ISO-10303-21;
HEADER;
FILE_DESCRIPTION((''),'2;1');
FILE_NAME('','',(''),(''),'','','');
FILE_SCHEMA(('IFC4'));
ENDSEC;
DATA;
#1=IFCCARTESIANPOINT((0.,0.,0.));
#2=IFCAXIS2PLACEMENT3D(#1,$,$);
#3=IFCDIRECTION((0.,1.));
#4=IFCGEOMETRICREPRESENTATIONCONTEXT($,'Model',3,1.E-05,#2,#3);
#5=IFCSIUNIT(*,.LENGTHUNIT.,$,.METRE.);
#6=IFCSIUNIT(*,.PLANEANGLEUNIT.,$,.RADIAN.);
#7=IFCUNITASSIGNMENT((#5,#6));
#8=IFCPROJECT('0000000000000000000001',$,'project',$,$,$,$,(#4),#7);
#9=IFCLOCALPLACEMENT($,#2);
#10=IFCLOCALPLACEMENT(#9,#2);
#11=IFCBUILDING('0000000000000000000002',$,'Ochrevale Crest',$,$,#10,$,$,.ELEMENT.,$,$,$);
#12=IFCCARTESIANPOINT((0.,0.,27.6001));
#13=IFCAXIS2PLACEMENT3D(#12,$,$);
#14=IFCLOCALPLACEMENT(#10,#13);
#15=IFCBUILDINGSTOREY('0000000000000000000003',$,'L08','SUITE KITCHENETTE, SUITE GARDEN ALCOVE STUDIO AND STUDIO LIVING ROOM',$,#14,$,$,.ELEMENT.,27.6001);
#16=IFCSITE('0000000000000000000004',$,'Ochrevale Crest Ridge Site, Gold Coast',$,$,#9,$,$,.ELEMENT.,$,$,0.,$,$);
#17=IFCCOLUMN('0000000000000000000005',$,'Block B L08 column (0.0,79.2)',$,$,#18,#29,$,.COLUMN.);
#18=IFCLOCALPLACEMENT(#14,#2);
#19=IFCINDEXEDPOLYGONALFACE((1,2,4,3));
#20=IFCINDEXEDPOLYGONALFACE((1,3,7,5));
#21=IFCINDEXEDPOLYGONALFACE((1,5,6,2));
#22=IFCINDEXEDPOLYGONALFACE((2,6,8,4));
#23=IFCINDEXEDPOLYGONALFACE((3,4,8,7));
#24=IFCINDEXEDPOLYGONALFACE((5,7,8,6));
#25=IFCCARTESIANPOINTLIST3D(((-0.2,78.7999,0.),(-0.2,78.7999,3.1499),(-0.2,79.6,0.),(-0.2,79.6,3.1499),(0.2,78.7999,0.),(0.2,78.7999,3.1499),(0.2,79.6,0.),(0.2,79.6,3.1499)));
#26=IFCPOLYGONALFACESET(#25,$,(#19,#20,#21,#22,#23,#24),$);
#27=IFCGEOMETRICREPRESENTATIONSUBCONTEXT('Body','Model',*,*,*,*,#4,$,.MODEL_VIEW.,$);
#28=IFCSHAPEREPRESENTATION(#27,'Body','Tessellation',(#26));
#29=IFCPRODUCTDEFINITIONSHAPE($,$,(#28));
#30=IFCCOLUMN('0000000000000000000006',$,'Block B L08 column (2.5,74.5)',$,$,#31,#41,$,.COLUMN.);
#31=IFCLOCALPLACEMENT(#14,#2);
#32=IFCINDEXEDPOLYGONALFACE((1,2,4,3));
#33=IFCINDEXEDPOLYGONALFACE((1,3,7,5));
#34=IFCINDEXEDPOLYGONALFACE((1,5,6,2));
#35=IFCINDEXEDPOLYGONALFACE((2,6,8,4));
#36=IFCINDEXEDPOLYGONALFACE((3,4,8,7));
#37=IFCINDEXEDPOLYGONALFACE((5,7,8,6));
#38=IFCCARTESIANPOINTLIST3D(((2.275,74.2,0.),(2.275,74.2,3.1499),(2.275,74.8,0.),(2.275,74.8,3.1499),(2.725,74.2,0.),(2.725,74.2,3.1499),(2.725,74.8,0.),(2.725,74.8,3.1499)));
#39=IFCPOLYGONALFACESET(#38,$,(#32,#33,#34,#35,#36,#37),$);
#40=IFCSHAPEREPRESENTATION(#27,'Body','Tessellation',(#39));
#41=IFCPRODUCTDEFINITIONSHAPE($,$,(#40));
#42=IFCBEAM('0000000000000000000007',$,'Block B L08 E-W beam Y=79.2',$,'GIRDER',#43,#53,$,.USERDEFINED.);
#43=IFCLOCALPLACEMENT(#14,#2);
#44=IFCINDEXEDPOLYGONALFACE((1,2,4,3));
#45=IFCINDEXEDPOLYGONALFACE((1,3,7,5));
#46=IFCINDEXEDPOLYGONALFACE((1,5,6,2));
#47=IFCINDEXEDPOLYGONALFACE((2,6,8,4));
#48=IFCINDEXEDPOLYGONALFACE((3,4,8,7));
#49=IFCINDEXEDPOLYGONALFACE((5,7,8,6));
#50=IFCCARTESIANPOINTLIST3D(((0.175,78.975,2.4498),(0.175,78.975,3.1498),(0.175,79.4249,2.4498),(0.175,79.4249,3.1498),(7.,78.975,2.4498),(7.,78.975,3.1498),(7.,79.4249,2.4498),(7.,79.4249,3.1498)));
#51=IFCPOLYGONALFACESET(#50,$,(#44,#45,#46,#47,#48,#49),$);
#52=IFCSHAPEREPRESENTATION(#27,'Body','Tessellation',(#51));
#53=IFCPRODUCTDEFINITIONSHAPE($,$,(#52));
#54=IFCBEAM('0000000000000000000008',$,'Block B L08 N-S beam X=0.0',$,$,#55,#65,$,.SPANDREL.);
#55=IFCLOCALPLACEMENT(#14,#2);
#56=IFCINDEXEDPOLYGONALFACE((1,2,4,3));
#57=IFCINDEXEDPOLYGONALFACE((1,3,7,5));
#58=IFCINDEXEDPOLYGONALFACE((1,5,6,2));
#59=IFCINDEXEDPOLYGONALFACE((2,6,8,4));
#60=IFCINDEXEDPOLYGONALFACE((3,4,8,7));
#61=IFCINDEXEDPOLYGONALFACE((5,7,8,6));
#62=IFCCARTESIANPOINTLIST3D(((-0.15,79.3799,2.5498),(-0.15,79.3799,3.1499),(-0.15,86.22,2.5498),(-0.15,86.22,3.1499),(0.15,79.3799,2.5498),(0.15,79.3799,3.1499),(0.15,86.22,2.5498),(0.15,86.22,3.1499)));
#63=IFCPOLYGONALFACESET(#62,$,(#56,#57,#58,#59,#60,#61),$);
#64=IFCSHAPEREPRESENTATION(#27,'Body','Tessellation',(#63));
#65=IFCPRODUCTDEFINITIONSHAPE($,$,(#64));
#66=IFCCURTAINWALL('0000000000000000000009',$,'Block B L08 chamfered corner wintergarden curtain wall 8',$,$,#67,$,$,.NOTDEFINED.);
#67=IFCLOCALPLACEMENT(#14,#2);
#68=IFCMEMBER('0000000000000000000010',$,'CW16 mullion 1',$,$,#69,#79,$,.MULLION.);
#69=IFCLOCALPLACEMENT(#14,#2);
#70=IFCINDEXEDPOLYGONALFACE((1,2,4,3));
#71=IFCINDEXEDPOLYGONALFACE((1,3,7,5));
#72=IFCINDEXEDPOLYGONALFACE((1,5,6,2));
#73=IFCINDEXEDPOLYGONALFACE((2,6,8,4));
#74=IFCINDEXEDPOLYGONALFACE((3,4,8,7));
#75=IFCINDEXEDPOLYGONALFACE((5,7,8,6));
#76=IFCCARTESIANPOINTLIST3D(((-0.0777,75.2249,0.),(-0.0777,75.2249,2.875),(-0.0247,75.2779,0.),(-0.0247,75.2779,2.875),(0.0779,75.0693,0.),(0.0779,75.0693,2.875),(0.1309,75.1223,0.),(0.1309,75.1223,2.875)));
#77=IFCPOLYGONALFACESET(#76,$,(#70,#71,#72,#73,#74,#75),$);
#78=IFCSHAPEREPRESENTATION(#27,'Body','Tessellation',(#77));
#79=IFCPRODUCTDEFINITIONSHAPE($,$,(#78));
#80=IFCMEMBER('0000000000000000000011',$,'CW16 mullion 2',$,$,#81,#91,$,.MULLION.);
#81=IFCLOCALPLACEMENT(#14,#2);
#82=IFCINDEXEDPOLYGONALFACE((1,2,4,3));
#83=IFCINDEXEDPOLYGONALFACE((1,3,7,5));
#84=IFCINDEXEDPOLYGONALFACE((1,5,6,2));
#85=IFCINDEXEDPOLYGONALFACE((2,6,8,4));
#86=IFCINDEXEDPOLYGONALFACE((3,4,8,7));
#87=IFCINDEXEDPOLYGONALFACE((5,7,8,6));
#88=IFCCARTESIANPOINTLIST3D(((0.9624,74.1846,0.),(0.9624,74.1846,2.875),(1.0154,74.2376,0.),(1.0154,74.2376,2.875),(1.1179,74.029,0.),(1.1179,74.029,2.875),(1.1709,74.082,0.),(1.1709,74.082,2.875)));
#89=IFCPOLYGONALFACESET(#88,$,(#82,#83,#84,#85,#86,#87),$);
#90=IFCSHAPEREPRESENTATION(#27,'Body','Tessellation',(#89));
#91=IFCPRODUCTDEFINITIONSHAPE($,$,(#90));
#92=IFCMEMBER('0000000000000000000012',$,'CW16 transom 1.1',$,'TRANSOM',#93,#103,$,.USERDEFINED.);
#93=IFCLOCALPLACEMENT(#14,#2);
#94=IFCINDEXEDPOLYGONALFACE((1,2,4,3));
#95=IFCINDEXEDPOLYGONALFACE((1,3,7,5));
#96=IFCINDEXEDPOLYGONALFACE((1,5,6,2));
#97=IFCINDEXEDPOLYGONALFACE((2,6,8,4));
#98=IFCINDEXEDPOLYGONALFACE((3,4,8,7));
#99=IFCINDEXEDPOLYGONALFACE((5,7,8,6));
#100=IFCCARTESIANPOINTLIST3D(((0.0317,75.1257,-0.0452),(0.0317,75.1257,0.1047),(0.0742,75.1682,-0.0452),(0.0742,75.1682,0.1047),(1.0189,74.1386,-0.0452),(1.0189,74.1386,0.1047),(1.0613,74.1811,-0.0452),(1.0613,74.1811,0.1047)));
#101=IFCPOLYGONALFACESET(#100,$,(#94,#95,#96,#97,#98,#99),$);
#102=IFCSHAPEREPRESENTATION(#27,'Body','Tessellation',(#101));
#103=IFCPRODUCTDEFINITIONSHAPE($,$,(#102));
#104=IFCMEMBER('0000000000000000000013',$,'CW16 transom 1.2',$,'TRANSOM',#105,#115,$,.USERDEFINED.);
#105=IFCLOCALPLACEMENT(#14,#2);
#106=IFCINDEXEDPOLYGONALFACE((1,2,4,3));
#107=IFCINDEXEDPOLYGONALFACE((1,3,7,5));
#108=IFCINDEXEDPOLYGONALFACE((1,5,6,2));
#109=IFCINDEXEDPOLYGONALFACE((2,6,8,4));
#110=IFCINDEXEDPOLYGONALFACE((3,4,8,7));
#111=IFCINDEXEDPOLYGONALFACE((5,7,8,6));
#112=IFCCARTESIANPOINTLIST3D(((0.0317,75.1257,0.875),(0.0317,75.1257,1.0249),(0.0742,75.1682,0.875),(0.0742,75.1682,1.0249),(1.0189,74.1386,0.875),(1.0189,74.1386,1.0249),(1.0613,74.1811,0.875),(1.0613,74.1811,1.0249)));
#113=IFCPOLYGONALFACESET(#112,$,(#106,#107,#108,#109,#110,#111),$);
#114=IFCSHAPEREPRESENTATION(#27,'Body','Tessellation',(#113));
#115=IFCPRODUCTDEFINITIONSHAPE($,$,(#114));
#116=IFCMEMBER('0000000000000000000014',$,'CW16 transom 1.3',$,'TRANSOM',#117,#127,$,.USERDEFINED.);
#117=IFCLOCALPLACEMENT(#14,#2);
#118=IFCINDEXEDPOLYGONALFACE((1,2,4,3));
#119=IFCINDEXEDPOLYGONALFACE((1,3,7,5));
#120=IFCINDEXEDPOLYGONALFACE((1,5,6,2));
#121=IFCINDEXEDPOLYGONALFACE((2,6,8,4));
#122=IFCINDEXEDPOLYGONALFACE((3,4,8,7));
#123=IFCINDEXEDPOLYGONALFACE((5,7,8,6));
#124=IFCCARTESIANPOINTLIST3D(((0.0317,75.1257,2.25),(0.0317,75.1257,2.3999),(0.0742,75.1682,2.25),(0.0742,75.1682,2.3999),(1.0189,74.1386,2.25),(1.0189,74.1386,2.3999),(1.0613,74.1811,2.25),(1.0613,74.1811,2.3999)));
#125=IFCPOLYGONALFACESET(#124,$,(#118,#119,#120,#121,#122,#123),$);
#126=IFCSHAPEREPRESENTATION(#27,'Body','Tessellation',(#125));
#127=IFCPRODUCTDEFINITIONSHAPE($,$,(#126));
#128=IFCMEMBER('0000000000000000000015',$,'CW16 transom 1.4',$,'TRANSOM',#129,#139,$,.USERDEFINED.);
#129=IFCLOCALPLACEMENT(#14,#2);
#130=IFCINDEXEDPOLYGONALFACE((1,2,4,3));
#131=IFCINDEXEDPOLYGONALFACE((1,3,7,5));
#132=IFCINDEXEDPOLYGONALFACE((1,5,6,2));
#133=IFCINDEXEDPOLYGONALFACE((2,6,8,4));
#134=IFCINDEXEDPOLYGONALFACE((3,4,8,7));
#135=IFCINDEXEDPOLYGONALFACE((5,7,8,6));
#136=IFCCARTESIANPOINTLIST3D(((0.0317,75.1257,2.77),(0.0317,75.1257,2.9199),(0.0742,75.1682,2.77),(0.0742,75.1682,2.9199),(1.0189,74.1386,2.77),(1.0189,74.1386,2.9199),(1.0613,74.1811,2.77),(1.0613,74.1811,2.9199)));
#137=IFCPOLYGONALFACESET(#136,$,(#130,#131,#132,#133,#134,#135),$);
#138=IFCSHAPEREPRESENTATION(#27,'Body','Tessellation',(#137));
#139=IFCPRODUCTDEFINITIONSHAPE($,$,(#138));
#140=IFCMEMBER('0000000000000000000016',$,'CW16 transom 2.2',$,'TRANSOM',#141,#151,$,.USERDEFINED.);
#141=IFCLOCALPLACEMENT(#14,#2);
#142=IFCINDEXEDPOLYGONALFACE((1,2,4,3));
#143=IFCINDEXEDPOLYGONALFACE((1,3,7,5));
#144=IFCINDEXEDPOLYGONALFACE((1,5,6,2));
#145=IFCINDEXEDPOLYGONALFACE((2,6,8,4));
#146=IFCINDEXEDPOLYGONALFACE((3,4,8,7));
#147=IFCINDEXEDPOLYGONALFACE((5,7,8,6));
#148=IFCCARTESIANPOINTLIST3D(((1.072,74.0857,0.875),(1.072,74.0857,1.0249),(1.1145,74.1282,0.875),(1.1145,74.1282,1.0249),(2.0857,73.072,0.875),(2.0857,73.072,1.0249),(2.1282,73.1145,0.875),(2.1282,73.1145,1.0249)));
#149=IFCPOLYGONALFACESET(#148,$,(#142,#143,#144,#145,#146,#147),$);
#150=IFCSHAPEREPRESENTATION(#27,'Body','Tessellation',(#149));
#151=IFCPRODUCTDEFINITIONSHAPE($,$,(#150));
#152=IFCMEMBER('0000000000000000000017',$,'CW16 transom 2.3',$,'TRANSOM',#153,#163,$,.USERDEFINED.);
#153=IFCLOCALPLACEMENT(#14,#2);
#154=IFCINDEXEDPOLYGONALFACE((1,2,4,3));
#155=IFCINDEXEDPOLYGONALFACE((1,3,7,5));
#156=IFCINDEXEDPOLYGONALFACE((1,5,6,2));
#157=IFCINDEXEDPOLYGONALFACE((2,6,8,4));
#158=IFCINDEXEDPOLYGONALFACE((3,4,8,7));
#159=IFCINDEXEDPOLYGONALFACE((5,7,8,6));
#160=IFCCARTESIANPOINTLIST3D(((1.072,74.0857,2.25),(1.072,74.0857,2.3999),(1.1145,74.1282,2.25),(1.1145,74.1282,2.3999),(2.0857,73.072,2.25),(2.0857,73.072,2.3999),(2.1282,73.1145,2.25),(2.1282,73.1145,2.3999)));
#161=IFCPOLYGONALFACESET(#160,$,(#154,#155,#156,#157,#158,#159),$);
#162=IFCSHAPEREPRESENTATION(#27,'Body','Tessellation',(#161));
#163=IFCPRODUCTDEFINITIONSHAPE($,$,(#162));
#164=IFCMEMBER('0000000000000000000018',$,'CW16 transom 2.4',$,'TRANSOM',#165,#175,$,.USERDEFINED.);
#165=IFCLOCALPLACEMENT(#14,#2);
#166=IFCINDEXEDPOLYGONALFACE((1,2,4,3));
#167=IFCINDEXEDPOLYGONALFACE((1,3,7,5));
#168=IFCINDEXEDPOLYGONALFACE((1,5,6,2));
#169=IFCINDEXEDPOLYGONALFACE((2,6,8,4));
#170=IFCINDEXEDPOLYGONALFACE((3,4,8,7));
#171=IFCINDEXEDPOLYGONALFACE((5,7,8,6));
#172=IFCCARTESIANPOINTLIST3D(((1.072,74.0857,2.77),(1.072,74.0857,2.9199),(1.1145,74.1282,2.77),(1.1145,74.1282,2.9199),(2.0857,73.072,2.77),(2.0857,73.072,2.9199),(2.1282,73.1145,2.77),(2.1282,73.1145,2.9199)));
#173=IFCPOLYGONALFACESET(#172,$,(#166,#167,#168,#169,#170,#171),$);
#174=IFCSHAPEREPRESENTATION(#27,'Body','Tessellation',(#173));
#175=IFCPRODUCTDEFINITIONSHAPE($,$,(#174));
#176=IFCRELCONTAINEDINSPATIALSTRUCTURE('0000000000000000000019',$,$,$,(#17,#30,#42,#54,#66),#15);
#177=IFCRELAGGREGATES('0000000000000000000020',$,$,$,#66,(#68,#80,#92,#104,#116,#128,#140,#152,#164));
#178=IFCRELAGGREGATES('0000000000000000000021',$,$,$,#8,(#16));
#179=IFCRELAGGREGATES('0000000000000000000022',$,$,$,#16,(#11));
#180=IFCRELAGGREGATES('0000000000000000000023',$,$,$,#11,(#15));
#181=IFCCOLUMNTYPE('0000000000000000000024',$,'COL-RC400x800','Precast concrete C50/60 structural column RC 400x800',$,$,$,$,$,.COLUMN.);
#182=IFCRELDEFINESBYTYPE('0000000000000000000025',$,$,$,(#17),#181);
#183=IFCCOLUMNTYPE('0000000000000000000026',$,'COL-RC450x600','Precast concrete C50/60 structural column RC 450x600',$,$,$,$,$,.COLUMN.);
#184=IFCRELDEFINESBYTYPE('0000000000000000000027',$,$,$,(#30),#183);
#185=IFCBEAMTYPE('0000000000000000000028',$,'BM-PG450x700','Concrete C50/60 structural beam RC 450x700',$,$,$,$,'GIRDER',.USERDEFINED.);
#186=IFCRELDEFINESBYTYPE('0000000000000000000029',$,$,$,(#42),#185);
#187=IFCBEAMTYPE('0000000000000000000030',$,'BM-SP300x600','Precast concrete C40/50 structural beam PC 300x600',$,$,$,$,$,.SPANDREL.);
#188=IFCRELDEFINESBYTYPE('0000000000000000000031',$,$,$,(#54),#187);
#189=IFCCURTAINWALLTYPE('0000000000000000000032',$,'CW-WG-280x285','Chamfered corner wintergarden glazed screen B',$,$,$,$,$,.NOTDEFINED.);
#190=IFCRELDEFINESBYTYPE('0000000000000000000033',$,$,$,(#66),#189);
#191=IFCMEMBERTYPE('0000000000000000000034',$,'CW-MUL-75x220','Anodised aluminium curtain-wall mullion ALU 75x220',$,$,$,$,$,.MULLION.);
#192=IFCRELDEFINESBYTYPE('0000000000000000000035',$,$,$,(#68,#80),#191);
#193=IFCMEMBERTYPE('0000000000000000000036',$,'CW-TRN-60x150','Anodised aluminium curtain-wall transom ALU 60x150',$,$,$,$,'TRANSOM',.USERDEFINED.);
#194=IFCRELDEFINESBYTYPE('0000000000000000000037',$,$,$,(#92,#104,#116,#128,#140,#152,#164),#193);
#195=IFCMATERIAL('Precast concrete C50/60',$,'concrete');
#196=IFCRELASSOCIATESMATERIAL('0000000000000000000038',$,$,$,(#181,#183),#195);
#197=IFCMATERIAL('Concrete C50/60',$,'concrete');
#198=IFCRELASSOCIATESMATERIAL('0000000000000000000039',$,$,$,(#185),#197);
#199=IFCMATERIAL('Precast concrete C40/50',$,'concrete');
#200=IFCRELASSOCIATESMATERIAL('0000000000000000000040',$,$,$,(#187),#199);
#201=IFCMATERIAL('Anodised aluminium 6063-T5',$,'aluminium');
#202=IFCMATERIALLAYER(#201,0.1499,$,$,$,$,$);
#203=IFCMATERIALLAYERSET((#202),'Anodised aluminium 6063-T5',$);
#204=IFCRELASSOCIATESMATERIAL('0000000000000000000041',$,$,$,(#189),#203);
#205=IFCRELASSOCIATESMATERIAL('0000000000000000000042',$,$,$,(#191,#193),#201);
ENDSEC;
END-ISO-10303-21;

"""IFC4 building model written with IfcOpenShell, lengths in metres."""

from ifc_helpers import new_model, si_unit, direction, frame, origin, origin_2d, place, context, subcontext, project, spatial, rectangle, extrude, material, layer, layer_set, material_profile, profile_set, type_object, element, aggregate, save


model = new_model("IFC4")

# Units and contexts
model_context = context("Model", 3, precision=1e-05, world=origin(), true_north=direction((0.0, 1.0)))
body_context = subcontext(model_context, "Body", "Model", "MODEL_VIEW")
ifc_project = project(units=[si_unit("LENGTHUNIT", "METRE"), si_unit("PLANEANGLEUNIT", "RADIAN")], contexts=[model_context])

# Site, building, storey
site_placement = place(None, origin())
site = spatial("IfcSite", under=ifc_project, at=site_placement, Name="Ochrevale Crest Ridge Site, Gold Coast", CompositionType="ELEMENT", RefElevation=0.0)
building_placement = place(site_placement, origin())
building = spatial("IfcBuilding", under=site, at=building_placement, Name="Ochrevale Crest", CompositionType="ELEMENT")
storey_placement = place(building_placement, frame((0.0, 0.0, 27.6001)))
storey = spatial("IfcBuildingStorey", under=building, at=storey_placement, Name="L08", Description="SUITE KITCHENETTE, SUITE GARDEN ALCOVE STUDIO AND STUDIO LIVING ROOM", CompositionType="ELEMENT", Elevation=27.6001)

# Columns
ifc_material_1 = material(Name="Precast concrete C50/60", Category="concrete")
ifc_material_profile_1 = material_profile(ifc_material_1, rectangle(XDim=0.3999, YDim=0.8, at=origin_2d()), Name="RC 400x800")
ifc_profile_set_1 = profile_set([ifc_material_profile_1], Name="Precast concrete C50/60")
column_type_1 = type_object("IfcColumnType", Name="COL-RC400x800", Description="Precast concrete C50/60 structural column RC 400x800", PredefinedType="COLUMN", material=ifc_profile_set_1)
column_1_placement = place(storey_placement, frame((0.0, 79.2, 0.0), z_axis=(0.0, 0.0, 1.0), x_axis=(1.0, 0.0, 0.0)))
element("IfcColumn", 1, at=column_1_placement, inside=storey, type_object=column_type_1, Name="Block B L08 column (0.0,79.2)", PredefinedType="COLUMN", context=body_context, shape_type="SweptSolid", body=[
    extrude(rectangle(XDim=0.3999, YDim=0.8, at=origin_2d()), origin(), (0.0, 0.0, 1.0), 3.1499),
])
ifc_material_profile_2 = material_profile(ifc_material_1, rectangle(XDim=0.45, YDim=0.6001, at=origin_2d()), Name="RC 450x600")
ifc_profile_set_2 = profile_set([ifc_material_profile_2], Name="Precast concrete C50/60")
column_type_2 = type_object("IfcColumnType", Name="COL-RC450x600", Description="Precast concrete C50/60 structural column RC 450x600", PredefinedType="COLUMN", material=ifc_profile_set_2)
column_2_placement = place(storey_placement, frame((2.5, 74.5, 0.0), z_axis=(0.0, 0.0, 1.0), x_axis=(1.0, 0.0, 0.0)))
element("IfcColumn", 2, at=column_2_placement, inside=storey, type_object=column_type_2, Name="Block B L08 column (2.5,74.5)", PredefinedType="COLUMN", context=body_context, shape_type="SweptSolid", body=[
    extrude(rectangle(XDim=0.45, YDim=0.6001, at=origin_2d()), origin(), (0.0, 0.0, 1.0), 3.1499),
])

# Beams
ifc_material_2 = material(Name="Concrete C50/60", Category="concrete")
ifc_material_profile_3 = material_profile(ifc_material_2, rectangle(XDim=0.45, YDim=0.7, at=origin_2d()), Name="RC 450x700")
ifc_profile_set_3 = profile_set([ifc_material_profile_3], Name="Concrete C50/60")
beam_type_1 = type_object("IfcBeamType", Name="BM-PG450x700", Description="Concrete C50/60 structural beam RC 450x700", ElementType="GIRDER", PredefinedType="USERDEFINED", material=ifc_profile_set_3)
beam_1_placement = place(storey_placement, frame((0.175, 79.2, 2.7998), z_axis=(1.0, 0.0, 0.0), x_axis=(0.0, 1.0, 0.0)))
element("IfcBeam", 3, at=beam_1_placement, inside=storey, type_object=beam_type_1, Name="Block B L08 E-W beam Y=79.2", ObjectType="GIRDER", PredefinedType="USERDEFINED", context=body_context, shape_type="SweptSolid", body=[
    extrude(rectangle(XDim=0.45, YDim=0.7, at=origin_2d()), origin(), (0.0, 0.0, 1.0), 6.825),
])
ifc_material_3 = material(Name="Precast concrete C40/50", Category="concrete")
ifc_material_profile_4 = material_profile(ifc_material_3, rectangle(XDim=0.3, YDim=0.6001, at=origin_2d()), Name="PC 300x600")
ifc_profile_set_4 = profile_set([ifc_material_profile_4], Name="Precast concrete C40/50")
beam_type_2 = type_object("IfcBeamType", Name="BM-SP300x600", Description="Precast concrete C40/50 structural beam PC 300x600", PredefinedType="SPANDREL", material=ifc_profile_set_4)
beam_2_placement = place(storey_placement, frame((0.0, 79.3799, 2.8499), z_axis=(0.0, 1.0, 0.0), x_axis=(-1.0, 0.0, 0.0)))
element("IfcBeam", 4, at=beam_2_placement, inside=storey, type_object=beam_type_2, Name="Block B L08 N-S beam X=0.0", PredefinedType="SPANDREL", context=body_context, shape_type="SweptSolid", body=[
    extrude(rectangle(XDim=0.3, YDim=0.6001, at=origin_2d()), origin(), (0.0, 0.0, 1.0), 6.8401),
])

# Curtain wall, members
ifc_material_4 = material(Name="Anodised aluminium 6063-T5", Category="aluminium")
ifc_layer_1 = layer(ifc_material_4, 0.1499)
ifc_layer_set_1 = layer_set([ifc_layer_1], Name="Anodised aluminium 6063-T5")
curtain_wall_type = type_object("IfcCurtainWallType", Name="CW-WG-280x285", Description="Chamfered corner wintergarden glazed screen B", PredefinedType="NOTDEFINED", material=ifc_layer_set_1)
curtain_wall_placement = place(storey_placement, origin())
curtain_wall = element("IfcCurtainWall", 5, at=curtain_wall_placement, inside=storey, type_object=curtain_wall_type, Name="Block B L08 chamfered corner wintergarden curtain wall 8", PredefinedType="NOTDEFINED")
ifc_material_profile_5 = material_profile(ifc_material_4, rectangle(XDim=0.075, YDim=0.22, at=origin_2d()), Name="ALU 75x220")
ifc_profile_set_5 = profile_set([ifc_material_profile_5], Name="Anodised aluminium 6063-T5")
member_type_1 = type_object("IfcMemberType", Name="CW-MUL-75x220", Description="Anodised aluminium curtain-wall mullion ALU 75x220", PredefinedType="MULLION", material=ifc_profile_set_5)
member_1_placement = place(storey_placement, frame((0.0266, 75.1736, 0.0), z_axis=(0.0, 0.0, 1.0), x_axis=(0.707107, 0.707107, 0.0)))
member_1 = element("IfcMember", 6, at=member_1_placement, type_object=member_type_1, Name="CW16 mullion 1", PredefinedType="MULLION", context=body_context, shape_type="SweptSolid", body=[
    extrude(rectangle(XDim=0.075, YDim=0.22, at=origin_2d()), origin(), (0.0, 0.0, 1.0), 2.875),
])
member_2_placement = place(storey_placement, frame((1.0667, 74.1333, 0.0), z_axis=(0.0, 0.0, 1.0), x_axis=(0.707107, 0.707107, 0.0)))
member_2 = element("IfcMember", 7, at=member_2_placement, type_object=member_type_1, Name="CW16 mullion 2", PredefinedType="MULLION", context=body_context, shape_type="SweptSolid", body=[
    extrude(rectangle(XDim=0.075, YDim=0.22, at=origin_2d()), origin(), (0.0, 0.0, 1.0), 2.875),
])
ifc_material_profile_6 = material_profile(ifc_material_4, rectangle(XDim=0.0601, YDim=0.1499, at=origin_2d()), Name="ALU 60x150")
ifc_profile_set_6 = profile_set([ifc_material_profile_6], Name="Anodised aluminium 6063-T5")
member_type_2 = type_object("IfcMemberType", Name="CW-TRN-60x150", Description="Anodised aluminium curtain-wall transom ALU 60x150", ElementType="TRANSOM", PredefinedType="USERDEFINED", material=ifc_profile_set_6)
member_3_placement = place(storey_placement, frame((0.053, 75.147, 0.0298), z_axis=(0.707107, -0.707107, 0.0), x_axis=(0.707107, 0.707107, 0.0)))
member_3 = element("IfcMember", 8, at=member_3_placement, type_object=member_type_2, Name="CW16 transom 1.1", ObjectType="TRANSOM", PredefinedType="USERDEFINED", context=body_context, shape_type="SweptSolid", body=[
    extrude(rectangle(XDim=0.0601, YDim=0.1499, at=origin_2d()), origin(), (0.0, 0.0, 1.0), 1.396),
])
member_4_placement = place(storey_placement, frame((0.053, 75.147, 0.95), z_axis=(0.707107, -0.707107, 0.0), x_axis=(0.707107, 0.707107, 0.0)))
member_4 = element("IfcMember", 9, at=member_4_placement, type_object=member_type_2, Name="CW16 transom 1.2", ObjectType="TRANSOM", PredefinedType="USERDEFINED", context=body_context, shape_type="SweptSolid", body=[
    extrude(rectangle(XDim=0.0601, YDim=0.1499, at=origin_2d()), origin(), (0.0, 0.0, 1.0), 1.396),
])
member_5_placement = place(storey_placement, frame((0.053, 75.147, 2.325), z_axis=(0.707107, -0.707107, 0.0), x_axis=(0.707107, 0.707107, 0.0)))
member_5 = element("IfcMember", 10, at=member_5_placement, type_object=member_type_2, Name="CW16 transom 1.3", ObjectType="TRANSOM", PredefinedType="USERDEFINED", context=body_context, shape_type="SweptSolid", body=[
    extrude(rectangle(XDim=0.0601, YDim=0.1499, at=origin_2d()), origin(), (0.0, 0.0, 1.0), 1.396),
])
member_6_placement = place(storey_placement, frame((0.053, 75.147, 2.845), z_axis=(0.707107, -0.707107, 0.0), x_axis=(0.707107, 0.707107, 0.0)))
member_6 = element("IfcMember", 11, at=member_6_placement, type_object=member_type_2, Name="CW16 transom 1.4", ObjectType="TRANSOM", PredefinedType="USERDEFINED", context=body_context, shape_type="SweptSolid", body=[
    extrude(rectangle(XDim=0.0601, YDim=0.1499, at=origin_2d()), origin(), (0.0, 0.0, 1.0), 1.396),
])
member_7_placement = place(storey_placement, frame((1.0933, 74.1069, 0.95), z_axis=(0.707107, -0.707107, 0.0), x_axis=(0.707107, 0.707107, 0.0)))
member_7 = element("IfcMember", 12, at=member_7_placement, type_object=member_type_2, Name="CW16 transom 2.2", ObjectType="TRANSOM", PredefinedType="USERDEFINED", context=body_context, shape_type="SweptSolid", body=[
    extrude(rectangle(XDim=0.0601, YDim=0.1499, at=origin_2d()), origin(), (0.0, 0.0, 1.0), 1.4336),
])
member_8_placement = place(storey_placement, frame((1.0933, 74.1069, 2.325), z_axis=(0.707107, -0.707107, 0.0), x_axis=(0.707107, 0.707107, 0.0)))
member_8 = element("IfcMember", 13, at=member_8_placement, type_object=member_type_2, Name="CW16 transom 2.3", ObjectType="TRANSOM", PredefinedType="USERDEFINED", context=body_context, shape_type="SweptSolid", body=[
    extrude(rectangle(XDim=0.0601, YDim=0.1499, at=origin_2d()), origin(), (0.0, 0.0, 1.0), 1.4336),
])
member_9_placement = place(storey_placement, frame((1.0933, 74.1069, 2.845), z_axis=(0.707107, -0.707107, 0.0), x_axis=(0.707107, 0.707107, 0.0)))
member_9 = element("IfcMember", 14, at=member_9_placement, type_object=member_type_2, Name="CW16 transom 2.4", ObjectType="TRANSOM", PredefinedType="USERDEFINED", context=body_context, shape_type="SweptSolid", body=[
    extrude(rectangle(XDim=0.0601, YDim=0.1499, at=origin_2d()), origin(), (0.0, 0.0, 1.0), 1.4336),
])
aggregate(curtain_wall, [member_1, member_2, member_3, member_4, member_5, member_6, member_7, member_8, member_9])

save(model, "model.ifc")
